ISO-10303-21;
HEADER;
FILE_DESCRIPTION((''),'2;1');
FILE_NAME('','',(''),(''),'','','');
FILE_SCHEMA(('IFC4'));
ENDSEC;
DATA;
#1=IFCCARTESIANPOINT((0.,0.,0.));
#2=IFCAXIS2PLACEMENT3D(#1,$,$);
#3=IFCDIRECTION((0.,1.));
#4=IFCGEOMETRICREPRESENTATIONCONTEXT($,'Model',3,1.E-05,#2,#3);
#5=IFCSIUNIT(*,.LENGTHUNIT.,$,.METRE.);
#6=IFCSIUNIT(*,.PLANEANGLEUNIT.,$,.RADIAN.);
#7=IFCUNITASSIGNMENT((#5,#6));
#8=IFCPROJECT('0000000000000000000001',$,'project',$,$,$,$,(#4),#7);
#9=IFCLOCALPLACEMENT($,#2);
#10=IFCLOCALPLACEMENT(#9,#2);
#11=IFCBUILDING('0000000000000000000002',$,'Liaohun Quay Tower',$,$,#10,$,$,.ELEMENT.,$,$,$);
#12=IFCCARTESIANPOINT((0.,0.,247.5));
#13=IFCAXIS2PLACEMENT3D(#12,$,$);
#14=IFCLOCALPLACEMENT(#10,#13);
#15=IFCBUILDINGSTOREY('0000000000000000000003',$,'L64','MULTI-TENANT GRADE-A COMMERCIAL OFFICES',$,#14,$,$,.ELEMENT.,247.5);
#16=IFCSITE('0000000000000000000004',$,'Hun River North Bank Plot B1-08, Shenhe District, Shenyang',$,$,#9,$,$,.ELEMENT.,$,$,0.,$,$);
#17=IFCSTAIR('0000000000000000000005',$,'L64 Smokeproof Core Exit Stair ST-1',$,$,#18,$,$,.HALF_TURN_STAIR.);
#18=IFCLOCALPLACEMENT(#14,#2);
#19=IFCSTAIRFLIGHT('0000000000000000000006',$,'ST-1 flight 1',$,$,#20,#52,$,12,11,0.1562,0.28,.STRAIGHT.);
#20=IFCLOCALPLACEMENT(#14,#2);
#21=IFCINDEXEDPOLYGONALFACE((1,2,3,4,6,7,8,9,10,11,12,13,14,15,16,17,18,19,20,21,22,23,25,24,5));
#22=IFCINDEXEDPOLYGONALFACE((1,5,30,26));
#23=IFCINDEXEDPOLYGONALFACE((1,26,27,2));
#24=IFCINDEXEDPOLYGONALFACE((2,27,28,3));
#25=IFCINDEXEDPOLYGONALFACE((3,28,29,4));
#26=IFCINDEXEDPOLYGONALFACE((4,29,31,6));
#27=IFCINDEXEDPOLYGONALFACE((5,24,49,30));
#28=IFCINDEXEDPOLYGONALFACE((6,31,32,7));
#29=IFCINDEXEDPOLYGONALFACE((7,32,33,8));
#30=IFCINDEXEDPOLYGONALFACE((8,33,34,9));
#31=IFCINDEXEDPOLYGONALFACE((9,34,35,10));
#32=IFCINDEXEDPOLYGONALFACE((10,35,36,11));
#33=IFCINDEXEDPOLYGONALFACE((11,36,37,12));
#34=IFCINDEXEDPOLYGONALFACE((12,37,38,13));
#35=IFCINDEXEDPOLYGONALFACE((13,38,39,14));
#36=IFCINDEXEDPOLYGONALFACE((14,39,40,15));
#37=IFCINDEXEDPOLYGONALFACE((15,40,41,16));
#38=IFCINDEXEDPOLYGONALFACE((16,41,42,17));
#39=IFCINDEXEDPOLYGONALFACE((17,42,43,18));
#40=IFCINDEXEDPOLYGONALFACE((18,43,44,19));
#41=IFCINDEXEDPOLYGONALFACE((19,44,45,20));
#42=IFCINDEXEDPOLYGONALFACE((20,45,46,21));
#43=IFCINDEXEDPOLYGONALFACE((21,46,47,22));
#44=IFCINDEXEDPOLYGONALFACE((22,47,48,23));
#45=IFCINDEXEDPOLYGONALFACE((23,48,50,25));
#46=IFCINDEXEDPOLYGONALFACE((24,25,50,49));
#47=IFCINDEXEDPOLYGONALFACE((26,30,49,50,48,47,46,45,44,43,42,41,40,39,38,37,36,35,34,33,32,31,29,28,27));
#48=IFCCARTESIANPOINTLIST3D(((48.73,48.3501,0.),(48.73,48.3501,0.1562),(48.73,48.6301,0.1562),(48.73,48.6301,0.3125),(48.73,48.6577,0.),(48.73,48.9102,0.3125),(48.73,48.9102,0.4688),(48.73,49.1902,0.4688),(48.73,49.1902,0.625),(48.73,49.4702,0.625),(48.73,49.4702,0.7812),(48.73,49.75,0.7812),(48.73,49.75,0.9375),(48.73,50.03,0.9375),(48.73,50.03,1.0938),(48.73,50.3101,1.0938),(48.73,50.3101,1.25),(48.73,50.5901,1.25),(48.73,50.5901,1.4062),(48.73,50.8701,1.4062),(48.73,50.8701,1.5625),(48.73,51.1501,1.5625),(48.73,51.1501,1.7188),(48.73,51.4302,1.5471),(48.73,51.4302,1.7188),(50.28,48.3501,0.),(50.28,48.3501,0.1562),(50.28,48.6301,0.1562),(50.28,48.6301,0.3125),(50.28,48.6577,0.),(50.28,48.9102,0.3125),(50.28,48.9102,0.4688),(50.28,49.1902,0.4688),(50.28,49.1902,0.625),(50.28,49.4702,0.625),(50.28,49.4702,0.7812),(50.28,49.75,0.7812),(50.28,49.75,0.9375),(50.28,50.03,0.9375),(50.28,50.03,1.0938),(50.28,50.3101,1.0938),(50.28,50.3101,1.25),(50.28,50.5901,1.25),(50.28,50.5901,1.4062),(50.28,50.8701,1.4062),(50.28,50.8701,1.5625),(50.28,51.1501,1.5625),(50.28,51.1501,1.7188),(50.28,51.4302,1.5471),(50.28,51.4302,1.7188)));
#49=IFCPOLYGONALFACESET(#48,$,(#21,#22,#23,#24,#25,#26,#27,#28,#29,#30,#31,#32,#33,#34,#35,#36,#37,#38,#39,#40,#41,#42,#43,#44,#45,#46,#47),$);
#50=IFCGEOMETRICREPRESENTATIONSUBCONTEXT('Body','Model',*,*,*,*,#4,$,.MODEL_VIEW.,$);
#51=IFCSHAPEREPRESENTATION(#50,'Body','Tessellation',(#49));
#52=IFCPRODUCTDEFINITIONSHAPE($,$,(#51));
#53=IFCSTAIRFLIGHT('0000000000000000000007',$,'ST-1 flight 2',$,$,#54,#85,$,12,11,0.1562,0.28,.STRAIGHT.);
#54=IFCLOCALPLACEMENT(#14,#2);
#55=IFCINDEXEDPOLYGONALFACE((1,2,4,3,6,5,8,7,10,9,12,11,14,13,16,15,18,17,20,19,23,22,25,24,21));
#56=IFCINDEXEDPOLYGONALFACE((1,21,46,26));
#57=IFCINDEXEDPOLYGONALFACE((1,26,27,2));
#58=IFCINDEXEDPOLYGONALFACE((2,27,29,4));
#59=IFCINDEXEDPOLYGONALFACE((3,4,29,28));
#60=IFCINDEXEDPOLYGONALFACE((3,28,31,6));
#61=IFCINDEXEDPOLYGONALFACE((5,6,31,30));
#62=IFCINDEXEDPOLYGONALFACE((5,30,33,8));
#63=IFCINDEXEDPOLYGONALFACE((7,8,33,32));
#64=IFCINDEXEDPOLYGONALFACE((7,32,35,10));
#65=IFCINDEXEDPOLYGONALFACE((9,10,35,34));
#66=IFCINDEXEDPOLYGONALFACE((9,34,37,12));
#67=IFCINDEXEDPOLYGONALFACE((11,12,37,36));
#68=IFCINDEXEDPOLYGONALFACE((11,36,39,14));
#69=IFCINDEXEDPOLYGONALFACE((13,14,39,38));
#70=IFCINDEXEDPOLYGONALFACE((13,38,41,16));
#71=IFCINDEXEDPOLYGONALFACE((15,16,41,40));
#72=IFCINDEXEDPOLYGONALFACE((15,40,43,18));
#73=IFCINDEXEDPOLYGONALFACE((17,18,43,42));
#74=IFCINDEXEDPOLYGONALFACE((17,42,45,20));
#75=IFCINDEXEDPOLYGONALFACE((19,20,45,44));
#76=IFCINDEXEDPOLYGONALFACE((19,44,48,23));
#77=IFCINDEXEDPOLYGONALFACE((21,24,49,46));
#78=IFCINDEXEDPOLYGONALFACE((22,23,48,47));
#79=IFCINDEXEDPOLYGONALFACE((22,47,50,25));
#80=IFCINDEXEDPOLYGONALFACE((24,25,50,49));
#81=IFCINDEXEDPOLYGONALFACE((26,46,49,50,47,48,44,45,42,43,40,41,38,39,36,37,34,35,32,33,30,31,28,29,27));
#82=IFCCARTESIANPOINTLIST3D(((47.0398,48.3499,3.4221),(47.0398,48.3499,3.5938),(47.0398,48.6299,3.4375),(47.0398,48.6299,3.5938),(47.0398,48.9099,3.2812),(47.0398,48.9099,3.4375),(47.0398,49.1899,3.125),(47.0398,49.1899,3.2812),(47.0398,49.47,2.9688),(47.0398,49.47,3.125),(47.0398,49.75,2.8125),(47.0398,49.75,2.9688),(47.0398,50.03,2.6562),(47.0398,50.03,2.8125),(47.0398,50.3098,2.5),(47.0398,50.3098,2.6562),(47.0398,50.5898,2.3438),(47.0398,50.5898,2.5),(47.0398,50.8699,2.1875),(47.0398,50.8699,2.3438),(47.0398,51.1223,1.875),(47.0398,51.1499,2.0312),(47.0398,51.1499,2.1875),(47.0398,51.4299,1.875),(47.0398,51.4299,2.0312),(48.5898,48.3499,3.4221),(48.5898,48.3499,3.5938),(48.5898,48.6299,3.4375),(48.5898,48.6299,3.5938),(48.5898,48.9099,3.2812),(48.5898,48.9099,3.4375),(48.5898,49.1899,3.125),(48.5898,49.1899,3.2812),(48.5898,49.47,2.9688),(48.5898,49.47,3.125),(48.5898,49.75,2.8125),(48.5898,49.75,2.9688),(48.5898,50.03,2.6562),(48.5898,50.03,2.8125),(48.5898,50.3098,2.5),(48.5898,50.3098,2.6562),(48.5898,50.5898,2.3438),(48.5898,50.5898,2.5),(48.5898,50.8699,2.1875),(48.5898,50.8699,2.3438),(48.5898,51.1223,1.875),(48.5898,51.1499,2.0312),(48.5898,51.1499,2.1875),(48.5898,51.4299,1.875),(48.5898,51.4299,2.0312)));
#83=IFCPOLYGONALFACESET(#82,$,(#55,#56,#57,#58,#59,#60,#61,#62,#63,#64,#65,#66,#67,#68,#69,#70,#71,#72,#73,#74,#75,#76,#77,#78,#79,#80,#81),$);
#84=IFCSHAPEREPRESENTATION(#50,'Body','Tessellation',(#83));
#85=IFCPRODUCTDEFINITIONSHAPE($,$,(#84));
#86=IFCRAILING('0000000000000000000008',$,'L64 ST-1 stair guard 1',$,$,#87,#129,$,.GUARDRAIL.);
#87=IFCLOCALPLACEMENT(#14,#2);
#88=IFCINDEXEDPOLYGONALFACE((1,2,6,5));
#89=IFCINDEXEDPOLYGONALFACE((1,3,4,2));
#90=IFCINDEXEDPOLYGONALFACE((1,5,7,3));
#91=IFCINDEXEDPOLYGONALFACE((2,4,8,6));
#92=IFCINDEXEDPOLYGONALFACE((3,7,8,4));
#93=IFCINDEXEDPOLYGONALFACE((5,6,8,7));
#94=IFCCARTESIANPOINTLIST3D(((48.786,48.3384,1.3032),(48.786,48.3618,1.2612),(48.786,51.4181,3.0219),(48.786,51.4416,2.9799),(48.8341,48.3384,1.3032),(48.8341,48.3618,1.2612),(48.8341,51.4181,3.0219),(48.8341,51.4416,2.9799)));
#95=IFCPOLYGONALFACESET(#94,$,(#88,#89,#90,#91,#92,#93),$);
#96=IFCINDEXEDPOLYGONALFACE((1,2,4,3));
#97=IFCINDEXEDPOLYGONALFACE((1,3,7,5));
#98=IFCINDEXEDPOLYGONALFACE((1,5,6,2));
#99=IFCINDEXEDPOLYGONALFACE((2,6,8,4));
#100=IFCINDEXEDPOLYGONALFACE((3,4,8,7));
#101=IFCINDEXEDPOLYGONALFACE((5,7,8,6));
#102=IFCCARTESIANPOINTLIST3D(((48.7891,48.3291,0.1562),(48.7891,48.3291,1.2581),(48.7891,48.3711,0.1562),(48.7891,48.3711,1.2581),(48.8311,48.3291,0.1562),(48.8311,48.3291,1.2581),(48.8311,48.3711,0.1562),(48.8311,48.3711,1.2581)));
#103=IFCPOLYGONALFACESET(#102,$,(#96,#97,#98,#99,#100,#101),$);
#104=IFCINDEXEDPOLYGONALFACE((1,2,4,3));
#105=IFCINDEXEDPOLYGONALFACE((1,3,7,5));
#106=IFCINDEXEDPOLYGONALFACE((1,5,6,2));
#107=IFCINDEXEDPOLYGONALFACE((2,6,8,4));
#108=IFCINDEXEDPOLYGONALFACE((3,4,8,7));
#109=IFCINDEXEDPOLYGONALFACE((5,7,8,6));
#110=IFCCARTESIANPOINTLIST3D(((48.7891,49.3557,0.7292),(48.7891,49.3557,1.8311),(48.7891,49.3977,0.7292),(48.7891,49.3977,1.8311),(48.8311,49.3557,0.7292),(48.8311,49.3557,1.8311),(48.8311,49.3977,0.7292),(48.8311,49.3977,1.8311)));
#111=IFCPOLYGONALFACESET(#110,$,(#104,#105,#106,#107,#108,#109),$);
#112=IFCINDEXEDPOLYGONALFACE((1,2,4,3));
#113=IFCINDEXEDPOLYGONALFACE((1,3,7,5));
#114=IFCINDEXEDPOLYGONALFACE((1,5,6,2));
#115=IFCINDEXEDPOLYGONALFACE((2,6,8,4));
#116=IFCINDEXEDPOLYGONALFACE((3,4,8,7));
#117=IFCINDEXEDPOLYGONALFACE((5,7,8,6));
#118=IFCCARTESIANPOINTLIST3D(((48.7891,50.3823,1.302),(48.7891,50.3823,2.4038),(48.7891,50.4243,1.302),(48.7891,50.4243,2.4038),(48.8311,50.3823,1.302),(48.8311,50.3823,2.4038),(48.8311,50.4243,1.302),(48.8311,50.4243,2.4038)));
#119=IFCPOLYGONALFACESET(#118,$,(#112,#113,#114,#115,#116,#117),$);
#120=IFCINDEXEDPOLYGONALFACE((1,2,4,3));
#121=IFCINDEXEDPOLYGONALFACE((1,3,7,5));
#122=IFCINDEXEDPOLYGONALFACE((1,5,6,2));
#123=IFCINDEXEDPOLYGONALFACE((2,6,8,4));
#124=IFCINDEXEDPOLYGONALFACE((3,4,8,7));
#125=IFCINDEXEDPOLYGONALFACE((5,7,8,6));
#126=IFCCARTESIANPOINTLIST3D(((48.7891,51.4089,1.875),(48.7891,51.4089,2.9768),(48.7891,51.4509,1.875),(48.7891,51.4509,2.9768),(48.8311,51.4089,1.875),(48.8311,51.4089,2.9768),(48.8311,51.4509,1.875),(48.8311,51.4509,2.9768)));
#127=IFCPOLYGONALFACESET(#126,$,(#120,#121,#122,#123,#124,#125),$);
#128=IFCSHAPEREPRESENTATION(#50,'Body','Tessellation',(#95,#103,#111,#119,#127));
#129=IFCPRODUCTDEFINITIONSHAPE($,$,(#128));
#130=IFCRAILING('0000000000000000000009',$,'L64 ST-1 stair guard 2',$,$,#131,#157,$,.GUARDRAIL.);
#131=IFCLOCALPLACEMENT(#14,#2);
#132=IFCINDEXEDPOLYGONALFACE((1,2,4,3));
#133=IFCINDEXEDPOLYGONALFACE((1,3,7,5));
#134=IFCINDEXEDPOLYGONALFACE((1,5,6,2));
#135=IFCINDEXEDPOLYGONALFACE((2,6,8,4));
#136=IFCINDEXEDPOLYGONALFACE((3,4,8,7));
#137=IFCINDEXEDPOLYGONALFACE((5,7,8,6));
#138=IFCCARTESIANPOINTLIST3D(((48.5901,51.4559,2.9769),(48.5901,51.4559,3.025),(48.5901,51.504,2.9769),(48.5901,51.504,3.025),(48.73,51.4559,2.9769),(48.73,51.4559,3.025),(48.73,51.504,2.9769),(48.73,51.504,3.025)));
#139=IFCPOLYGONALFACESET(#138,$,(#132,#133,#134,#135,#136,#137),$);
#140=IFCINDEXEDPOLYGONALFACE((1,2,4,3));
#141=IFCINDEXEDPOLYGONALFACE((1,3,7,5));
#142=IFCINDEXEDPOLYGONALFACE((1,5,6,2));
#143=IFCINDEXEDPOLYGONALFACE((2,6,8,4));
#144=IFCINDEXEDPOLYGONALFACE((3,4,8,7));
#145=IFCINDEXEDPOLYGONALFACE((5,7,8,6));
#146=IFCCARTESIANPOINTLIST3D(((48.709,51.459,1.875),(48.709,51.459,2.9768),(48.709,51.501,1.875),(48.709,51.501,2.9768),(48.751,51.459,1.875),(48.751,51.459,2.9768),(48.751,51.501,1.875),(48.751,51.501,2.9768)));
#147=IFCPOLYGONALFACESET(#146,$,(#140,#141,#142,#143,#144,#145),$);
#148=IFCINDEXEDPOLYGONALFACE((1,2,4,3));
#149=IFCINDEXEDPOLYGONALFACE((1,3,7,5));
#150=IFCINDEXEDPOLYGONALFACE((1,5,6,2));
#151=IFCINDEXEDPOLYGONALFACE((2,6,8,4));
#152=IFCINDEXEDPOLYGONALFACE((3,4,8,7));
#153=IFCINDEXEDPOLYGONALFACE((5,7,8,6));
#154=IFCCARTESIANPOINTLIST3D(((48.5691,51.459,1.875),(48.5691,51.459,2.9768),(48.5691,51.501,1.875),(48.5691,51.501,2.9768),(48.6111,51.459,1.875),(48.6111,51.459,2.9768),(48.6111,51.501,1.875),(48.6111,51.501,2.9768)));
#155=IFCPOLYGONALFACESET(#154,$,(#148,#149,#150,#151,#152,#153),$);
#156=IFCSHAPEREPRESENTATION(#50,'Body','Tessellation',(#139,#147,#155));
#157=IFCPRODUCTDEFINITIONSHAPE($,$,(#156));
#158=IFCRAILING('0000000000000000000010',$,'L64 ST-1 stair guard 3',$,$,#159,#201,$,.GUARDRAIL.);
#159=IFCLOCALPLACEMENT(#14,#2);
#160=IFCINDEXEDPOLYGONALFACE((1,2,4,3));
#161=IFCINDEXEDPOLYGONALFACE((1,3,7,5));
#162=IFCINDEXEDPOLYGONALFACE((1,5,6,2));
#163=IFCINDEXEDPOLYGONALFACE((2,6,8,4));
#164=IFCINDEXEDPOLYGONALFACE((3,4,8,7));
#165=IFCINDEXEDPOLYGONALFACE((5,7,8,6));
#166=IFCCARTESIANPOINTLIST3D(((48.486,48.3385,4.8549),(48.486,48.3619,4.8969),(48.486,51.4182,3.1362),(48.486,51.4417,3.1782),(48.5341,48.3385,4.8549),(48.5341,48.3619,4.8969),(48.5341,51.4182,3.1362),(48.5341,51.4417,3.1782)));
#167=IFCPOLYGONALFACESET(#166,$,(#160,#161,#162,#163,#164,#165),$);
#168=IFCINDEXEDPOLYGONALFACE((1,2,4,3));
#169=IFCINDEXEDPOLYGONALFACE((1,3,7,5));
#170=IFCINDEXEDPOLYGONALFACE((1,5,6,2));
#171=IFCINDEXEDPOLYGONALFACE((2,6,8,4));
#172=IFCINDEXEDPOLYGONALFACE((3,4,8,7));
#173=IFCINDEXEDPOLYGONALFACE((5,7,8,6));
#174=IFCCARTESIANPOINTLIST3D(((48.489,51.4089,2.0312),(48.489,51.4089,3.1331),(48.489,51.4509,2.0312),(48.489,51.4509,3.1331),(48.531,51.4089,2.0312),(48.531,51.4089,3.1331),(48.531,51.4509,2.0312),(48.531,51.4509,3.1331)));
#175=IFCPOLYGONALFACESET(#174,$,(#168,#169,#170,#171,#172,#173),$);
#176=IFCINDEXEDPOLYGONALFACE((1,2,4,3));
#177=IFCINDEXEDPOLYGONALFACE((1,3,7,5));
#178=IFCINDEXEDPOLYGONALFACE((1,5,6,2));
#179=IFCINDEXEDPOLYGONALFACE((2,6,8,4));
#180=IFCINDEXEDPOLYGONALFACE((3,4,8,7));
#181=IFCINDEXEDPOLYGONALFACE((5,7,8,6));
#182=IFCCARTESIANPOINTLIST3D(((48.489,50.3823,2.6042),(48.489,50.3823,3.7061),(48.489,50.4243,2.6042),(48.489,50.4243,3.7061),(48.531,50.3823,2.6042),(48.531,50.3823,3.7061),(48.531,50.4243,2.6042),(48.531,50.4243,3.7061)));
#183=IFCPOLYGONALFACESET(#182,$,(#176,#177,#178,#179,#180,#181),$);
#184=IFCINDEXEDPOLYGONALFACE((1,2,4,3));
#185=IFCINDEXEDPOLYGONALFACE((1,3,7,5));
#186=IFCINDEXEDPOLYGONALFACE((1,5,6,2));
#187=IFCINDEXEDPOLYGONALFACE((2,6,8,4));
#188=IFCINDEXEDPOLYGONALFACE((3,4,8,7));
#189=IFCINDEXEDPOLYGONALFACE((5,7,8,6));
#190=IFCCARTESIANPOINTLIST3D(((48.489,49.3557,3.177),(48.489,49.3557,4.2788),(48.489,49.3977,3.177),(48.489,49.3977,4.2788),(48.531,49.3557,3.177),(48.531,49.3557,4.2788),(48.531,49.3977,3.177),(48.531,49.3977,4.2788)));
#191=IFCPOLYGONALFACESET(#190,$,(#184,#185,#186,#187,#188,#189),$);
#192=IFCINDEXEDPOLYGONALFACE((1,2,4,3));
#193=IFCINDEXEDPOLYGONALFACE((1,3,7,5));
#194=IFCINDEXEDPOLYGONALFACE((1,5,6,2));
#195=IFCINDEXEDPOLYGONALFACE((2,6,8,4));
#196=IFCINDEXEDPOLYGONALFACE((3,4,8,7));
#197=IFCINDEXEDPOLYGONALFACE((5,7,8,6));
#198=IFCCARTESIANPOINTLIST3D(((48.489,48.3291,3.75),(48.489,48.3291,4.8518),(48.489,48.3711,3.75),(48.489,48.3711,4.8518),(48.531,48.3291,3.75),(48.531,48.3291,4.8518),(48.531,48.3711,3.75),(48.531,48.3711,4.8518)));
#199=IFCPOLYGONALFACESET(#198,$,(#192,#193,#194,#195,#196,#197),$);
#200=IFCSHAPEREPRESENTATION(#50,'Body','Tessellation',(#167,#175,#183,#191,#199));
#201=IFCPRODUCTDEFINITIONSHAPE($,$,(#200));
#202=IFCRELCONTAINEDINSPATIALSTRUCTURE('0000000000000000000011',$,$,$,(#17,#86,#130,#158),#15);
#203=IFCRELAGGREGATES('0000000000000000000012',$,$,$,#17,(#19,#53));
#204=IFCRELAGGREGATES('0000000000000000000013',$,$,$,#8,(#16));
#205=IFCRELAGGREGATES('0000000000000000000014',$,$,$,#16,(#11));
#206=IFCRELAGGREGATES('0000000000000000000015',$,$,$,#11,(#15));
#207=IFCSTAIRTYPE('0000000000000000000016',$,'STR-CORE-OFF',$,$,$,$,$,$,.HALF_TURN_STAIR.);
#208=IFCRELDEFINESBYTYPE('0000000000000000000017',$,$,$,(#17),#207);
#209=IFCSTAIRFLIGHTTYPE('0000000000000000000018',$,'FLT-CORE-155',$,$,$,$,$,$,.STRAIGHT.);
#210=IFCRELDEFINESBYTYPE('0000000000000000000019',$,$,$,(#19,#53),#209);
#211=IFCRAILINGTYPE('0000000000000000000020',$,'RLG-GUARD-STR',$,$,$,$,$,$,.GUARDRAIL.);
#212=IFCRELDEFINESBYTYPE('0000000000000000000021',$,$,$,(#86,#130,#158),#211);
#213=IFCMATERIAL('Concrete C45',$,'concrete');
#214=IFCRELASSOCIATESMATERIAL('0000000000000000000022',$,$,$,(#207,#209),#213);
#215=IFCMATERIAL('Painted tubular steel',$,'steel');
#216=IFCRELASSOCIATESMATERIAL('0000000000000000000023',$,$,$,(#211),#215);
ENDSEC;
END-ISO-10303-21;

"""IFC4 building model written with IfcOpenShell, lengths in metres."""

from ifc_helpers import new_model, si_unit, direction, frame, origin, origin_2d, place, context, subcontext, project, spatial, polyline, rectangle, outline, extrude, material, type_object, element, aggregate, save


model = new_model("IFC4")

# Units and contexts
model_context = context("Model", 3, precision=1e-05, world=origin(), true_north=direction((0.0, 1.0)))
body_context = subcontext(model_context, "Body", "Model", "MODEL_VIEW")
ifc_project = project(units=[si_unit("LENGTHUNIT", "METRE"), si_unit("PLANEANGLEUNIT", "RADIAN")], contexts=[model_context])

# Site, building, storey
site_placement = place(None, origin())
site = spatial("IfcSite", under=ifc_project, at=site_placement, Name="Hun River North Bank Plot B1-08, Shenhe District, Shenyang", CompositionType="ELEMENT", RefElevation=0.0)
building_placement = place(site_placement, origin())
building = spatial("IfcBuilding", under=site, at=building_placement, Name="Liaohun Quay Tower", CompositionType="ELEMENT")
storey_placement = place(building_placement, frame((0.0, 0.0, 247.5)))
storey = spatial("IfcBuildingStorey", under=building, at=storey_placement, Name="L64", Description="MULTI-TENANT GRADE-A COMMERCIAL OFFICES", CompositionType="ELEMENT", Elevation=247.5)

# Stair, stair flights
ifc_material_1 = material(Name="Concrete C45", Category="concrete")
stair_type = type_object("IfcStairType", Name="STR-CORE-OFF", PredefinedType="HALF_TURN_STAIR", material=ifc_material_1)
stair_placement = place(storey_placement, origin())
stair = element("IfcStair", 1, at=stair_placement, inside=storey, type_object=stair_type, Name="L64 Smokeproof Core Exit Stair ST-1", PredefinedType="HALF_TURN_STAIR")
stair_flight_type = type_object("IfcStairFlightType", Name="FLT-CORE-155", PredefinedType="STRAIGHT", material=ifc_material_1)
stair_flight_1_placement = place(storey_placement, frame((49.5049, 48.3501, 0.0), z_axis=(0.0, 0.0, 1.0), x_axis=(0.0, 1.0, 0.0)))
stair_flight_1 = element("IfcStairFlight", 2, at=stair_flight_1_placement, type_object=stair_flight_type, Name="ST-1 flight 1", NumberOfRisers=12, NumberOfTreads=11, PredefinedType="STRAIGHT", RiserHeight=0.1562, TreadLength=0.28, context=body_context, shape_type="SweptSolid", body=[
    extrude(outline(polyline([(0.0, 0.0), (0.0, 0.1562), (0.28, 0.1562), (0.28, 0.3125), (0.5601, 0.3125), (0.5601, 0.4688), (0.8401, 0.4688), (0.8401, 0.625), (1.1201, 0.625), (1.1201, 0.7812), (1.3999, 0.7812), (1.3999, 0.9375), (1.6799, 0.9375), (1.6799, 1.0938), (1.96, 1.0938), (1.96, 1.25), (2.24, 1.25), (2.24, 1.4062), (2.52, 1.4062), (2.52, 1.5625), (2.8, 1.5625), (2.8, 1.7188), (3.0801, 1.7188), (3.0801, 1.875), (3.0801, 1.5471), (0.3076, 0.0), (0.0, 0.0)])), frame((0.0, 0.7749, 0.0), z_axis=(0.0, -1.0, 0.0), x_axis=(1.0, 0.0, 0.0)), (0.0, 0.0, 1.0), 1.55),
])
stair_flight_2_placement = place(storey_placement, frame((47.8149, 51.4299, 1.875), z_axis=(0.0, 0.0, 1.0), x_axis=(0.0, -1.0, 0.0)))
stair_flight_2 = element("IfcStairFlight", 3, at=stair_flight_2_placement, type_object=stair_flight_type, Name="ST-1 flight 2", NumberOfRisers=12, NumberOfTreads=11, PredefinedType="STRAIGHT", RiserHeight=0.1562, TreadLength=0.28, context=body_context, shape_type="SweptSolid", body=[
    extrude(outline(polyline([(0.0, 0.0), (0.0, 0.1562), (0.28, 0.1562), (0.28, 0.3125), (0.5601, 0.3125), (0.5601, 0.4688), (0.8401, 0.4688), (0.8401, 0.625), (1.1201, 0.625), (1.1201, 0.7812), (1.3999, 0.7812), (1.3999, 0.9375), (1.6799, 0.9375), (1.6799, 1.0938), (1.96, 1.0938), (1.96, 1.25), (2.24, 1.25), (2.24, 1.4062), (2.52, 1.4062), (2.52, 1.5625), (2.8, 1.5625), (2.8, 1.7188), (3.0801, 1.7188), (3.0801, 1.875), (3.0801, 1.5471), (0.3076, 0.0), (0.0, 0.0)])), frame((0.0, 0.7749, 0.0), z_axis=(0.0, -1.0, 0.0), x_axis=(1.0, 0.0, 0.0)), (0.0, 0.0, 1.0), 1.55),
])
aggregate(stair, [stair_flight_1, stair_flight_2])

# Railings
ifc_material_2 = material(Name="Painted tubular steel", Category="steel")
railing_type_1 = type_object("IfcRailingType", Name="RLG-GUARD-STR", PredefinedType="GUARDRAIL", material=ifc_material_2)
railing_1_placement = place(storey_placement, frame((48.8101, 48.3501, 0.1562)))
element("IfcRailing", 4, at=railing_1_placement, inside=storey, type_object=railing_type_1, Name="L64 ST-1 stair guard 1", PredefinedType="GUARDRAIL", context=body_context, shape_type="SweptSolid", body=[
    extrude(rectangle(XDim=0.0481, YDim=0.0481, at=origin_2d()), frame((0.0, 0.0, 1.126), z_axis=(0.0, 0.873225, 0.487317), x_axis=(-1.0, 0.0, 0.0)), (0.0, 0.0, 1.0), 3.5269),
    extrude(rectangle(XDim=0.042, YDim=0.042, at=origin_2d()), origin(), (0.0, 0.0, 1.0), 1.1018),
    extrude(rectangle(XDim=0.042, YDim=0.042, at=origin_2d()), frame((0.0, 1.0266, 0.573)), (0.0, 0.0, 1.0), 1.1018),
    extrude(rectangle(XDim=0.042, YDim=0.042, at=origin_2d()), frame((0.0, 2.0532, 1.1458)), (0.0, 0.0, 1.0), 1.1018),
    extrude(rectangle(XDim=0.042, YDim=0.042, at=origin_2d()), frame((0.0, 3.0798, 1.7188)), (0.0, 0.0, 1.0), 1.1018),
])
railing_2_placement = place(storey_placement, frame((48.73, 51.48, 1.875)))
element("IfcRailing", 5, at=railing_2_placement, inside=storey, type_object=railing_type_1, Name="L64 ST-1 stair guard 2", PredefinedType="GUARDRAIL", context=body_context, shape_type="SweptSolid", body=[
    extrude(rectangle(XDim=0.0481, YDim=0.0481, at=origin_2d()), frame((0.0, 0.0, 1.126), z_axis=(-1.0, 0.0, 0.0), x_axis=(0.0, -1.0, 0.0)), (0.0, 0.0, 1.0), 0.1399),
    extrude(rectangle(XDim=0.042, YDim=0.042, at=origin_2d()), origin(), (0.0, 0.0, 1.0), 1.1018),
    extrude(rectangle(XDim=0.042, YDim=0.042, at=origin_2d()), frame((-0.1399, 0.0, 0.0)), (0.0, 0.0, 1.0), 1.1018),
])
railing_3_placement = place(storey_placement, frame((48.51, 51.4299, 2.0312)))
element("IfcRailing", 6, at=railing_3_placement, inside=storey, type_object=railing_type_1, Name="L64 ST-1 stair guard 3", PredefinedType="GUARDRAIL", context=body_context, shape_type="SweptSolid", body=[
    extrude(rectangle(XDim=0.0481, YDim=0.0481, at=origin_2d()), frame((0.0, 0.0, 1.126), z_axis=(0.0, -0.873225, 0.487317), x_axis=(1.0, 0.0, 0.0)), (0.0, 0.0, 1.0), 3.5269),
    extrude(rectangle(XDim=0.042, YDim=0.042, at=origin_2d()), origin(), (0.0, 0.0, 1.0), 1.1018),
    extrude(rectangle(XDim=0.042, YDim=0.042, at=origin_2d()), frame((0.0, -1.0266, 0.573)), (0.0, 0.0, 1.0), 1.1018),
    extrude(rectangle(XDim=0.042, YDim=0.042, at=origin_2d()), frame((0.0, -2.0532, 1.1458)), (0.0, 0.0, 1.0), 1.1018),
    extrude(rectangle(XDim=0.042, YDim=0.042, at=origin_2d()), frame((0.0, -3.0798, 1.7188)), (0.0, 0.0, 1.0), 1.1018),
])

save(model, "model.ifc")
